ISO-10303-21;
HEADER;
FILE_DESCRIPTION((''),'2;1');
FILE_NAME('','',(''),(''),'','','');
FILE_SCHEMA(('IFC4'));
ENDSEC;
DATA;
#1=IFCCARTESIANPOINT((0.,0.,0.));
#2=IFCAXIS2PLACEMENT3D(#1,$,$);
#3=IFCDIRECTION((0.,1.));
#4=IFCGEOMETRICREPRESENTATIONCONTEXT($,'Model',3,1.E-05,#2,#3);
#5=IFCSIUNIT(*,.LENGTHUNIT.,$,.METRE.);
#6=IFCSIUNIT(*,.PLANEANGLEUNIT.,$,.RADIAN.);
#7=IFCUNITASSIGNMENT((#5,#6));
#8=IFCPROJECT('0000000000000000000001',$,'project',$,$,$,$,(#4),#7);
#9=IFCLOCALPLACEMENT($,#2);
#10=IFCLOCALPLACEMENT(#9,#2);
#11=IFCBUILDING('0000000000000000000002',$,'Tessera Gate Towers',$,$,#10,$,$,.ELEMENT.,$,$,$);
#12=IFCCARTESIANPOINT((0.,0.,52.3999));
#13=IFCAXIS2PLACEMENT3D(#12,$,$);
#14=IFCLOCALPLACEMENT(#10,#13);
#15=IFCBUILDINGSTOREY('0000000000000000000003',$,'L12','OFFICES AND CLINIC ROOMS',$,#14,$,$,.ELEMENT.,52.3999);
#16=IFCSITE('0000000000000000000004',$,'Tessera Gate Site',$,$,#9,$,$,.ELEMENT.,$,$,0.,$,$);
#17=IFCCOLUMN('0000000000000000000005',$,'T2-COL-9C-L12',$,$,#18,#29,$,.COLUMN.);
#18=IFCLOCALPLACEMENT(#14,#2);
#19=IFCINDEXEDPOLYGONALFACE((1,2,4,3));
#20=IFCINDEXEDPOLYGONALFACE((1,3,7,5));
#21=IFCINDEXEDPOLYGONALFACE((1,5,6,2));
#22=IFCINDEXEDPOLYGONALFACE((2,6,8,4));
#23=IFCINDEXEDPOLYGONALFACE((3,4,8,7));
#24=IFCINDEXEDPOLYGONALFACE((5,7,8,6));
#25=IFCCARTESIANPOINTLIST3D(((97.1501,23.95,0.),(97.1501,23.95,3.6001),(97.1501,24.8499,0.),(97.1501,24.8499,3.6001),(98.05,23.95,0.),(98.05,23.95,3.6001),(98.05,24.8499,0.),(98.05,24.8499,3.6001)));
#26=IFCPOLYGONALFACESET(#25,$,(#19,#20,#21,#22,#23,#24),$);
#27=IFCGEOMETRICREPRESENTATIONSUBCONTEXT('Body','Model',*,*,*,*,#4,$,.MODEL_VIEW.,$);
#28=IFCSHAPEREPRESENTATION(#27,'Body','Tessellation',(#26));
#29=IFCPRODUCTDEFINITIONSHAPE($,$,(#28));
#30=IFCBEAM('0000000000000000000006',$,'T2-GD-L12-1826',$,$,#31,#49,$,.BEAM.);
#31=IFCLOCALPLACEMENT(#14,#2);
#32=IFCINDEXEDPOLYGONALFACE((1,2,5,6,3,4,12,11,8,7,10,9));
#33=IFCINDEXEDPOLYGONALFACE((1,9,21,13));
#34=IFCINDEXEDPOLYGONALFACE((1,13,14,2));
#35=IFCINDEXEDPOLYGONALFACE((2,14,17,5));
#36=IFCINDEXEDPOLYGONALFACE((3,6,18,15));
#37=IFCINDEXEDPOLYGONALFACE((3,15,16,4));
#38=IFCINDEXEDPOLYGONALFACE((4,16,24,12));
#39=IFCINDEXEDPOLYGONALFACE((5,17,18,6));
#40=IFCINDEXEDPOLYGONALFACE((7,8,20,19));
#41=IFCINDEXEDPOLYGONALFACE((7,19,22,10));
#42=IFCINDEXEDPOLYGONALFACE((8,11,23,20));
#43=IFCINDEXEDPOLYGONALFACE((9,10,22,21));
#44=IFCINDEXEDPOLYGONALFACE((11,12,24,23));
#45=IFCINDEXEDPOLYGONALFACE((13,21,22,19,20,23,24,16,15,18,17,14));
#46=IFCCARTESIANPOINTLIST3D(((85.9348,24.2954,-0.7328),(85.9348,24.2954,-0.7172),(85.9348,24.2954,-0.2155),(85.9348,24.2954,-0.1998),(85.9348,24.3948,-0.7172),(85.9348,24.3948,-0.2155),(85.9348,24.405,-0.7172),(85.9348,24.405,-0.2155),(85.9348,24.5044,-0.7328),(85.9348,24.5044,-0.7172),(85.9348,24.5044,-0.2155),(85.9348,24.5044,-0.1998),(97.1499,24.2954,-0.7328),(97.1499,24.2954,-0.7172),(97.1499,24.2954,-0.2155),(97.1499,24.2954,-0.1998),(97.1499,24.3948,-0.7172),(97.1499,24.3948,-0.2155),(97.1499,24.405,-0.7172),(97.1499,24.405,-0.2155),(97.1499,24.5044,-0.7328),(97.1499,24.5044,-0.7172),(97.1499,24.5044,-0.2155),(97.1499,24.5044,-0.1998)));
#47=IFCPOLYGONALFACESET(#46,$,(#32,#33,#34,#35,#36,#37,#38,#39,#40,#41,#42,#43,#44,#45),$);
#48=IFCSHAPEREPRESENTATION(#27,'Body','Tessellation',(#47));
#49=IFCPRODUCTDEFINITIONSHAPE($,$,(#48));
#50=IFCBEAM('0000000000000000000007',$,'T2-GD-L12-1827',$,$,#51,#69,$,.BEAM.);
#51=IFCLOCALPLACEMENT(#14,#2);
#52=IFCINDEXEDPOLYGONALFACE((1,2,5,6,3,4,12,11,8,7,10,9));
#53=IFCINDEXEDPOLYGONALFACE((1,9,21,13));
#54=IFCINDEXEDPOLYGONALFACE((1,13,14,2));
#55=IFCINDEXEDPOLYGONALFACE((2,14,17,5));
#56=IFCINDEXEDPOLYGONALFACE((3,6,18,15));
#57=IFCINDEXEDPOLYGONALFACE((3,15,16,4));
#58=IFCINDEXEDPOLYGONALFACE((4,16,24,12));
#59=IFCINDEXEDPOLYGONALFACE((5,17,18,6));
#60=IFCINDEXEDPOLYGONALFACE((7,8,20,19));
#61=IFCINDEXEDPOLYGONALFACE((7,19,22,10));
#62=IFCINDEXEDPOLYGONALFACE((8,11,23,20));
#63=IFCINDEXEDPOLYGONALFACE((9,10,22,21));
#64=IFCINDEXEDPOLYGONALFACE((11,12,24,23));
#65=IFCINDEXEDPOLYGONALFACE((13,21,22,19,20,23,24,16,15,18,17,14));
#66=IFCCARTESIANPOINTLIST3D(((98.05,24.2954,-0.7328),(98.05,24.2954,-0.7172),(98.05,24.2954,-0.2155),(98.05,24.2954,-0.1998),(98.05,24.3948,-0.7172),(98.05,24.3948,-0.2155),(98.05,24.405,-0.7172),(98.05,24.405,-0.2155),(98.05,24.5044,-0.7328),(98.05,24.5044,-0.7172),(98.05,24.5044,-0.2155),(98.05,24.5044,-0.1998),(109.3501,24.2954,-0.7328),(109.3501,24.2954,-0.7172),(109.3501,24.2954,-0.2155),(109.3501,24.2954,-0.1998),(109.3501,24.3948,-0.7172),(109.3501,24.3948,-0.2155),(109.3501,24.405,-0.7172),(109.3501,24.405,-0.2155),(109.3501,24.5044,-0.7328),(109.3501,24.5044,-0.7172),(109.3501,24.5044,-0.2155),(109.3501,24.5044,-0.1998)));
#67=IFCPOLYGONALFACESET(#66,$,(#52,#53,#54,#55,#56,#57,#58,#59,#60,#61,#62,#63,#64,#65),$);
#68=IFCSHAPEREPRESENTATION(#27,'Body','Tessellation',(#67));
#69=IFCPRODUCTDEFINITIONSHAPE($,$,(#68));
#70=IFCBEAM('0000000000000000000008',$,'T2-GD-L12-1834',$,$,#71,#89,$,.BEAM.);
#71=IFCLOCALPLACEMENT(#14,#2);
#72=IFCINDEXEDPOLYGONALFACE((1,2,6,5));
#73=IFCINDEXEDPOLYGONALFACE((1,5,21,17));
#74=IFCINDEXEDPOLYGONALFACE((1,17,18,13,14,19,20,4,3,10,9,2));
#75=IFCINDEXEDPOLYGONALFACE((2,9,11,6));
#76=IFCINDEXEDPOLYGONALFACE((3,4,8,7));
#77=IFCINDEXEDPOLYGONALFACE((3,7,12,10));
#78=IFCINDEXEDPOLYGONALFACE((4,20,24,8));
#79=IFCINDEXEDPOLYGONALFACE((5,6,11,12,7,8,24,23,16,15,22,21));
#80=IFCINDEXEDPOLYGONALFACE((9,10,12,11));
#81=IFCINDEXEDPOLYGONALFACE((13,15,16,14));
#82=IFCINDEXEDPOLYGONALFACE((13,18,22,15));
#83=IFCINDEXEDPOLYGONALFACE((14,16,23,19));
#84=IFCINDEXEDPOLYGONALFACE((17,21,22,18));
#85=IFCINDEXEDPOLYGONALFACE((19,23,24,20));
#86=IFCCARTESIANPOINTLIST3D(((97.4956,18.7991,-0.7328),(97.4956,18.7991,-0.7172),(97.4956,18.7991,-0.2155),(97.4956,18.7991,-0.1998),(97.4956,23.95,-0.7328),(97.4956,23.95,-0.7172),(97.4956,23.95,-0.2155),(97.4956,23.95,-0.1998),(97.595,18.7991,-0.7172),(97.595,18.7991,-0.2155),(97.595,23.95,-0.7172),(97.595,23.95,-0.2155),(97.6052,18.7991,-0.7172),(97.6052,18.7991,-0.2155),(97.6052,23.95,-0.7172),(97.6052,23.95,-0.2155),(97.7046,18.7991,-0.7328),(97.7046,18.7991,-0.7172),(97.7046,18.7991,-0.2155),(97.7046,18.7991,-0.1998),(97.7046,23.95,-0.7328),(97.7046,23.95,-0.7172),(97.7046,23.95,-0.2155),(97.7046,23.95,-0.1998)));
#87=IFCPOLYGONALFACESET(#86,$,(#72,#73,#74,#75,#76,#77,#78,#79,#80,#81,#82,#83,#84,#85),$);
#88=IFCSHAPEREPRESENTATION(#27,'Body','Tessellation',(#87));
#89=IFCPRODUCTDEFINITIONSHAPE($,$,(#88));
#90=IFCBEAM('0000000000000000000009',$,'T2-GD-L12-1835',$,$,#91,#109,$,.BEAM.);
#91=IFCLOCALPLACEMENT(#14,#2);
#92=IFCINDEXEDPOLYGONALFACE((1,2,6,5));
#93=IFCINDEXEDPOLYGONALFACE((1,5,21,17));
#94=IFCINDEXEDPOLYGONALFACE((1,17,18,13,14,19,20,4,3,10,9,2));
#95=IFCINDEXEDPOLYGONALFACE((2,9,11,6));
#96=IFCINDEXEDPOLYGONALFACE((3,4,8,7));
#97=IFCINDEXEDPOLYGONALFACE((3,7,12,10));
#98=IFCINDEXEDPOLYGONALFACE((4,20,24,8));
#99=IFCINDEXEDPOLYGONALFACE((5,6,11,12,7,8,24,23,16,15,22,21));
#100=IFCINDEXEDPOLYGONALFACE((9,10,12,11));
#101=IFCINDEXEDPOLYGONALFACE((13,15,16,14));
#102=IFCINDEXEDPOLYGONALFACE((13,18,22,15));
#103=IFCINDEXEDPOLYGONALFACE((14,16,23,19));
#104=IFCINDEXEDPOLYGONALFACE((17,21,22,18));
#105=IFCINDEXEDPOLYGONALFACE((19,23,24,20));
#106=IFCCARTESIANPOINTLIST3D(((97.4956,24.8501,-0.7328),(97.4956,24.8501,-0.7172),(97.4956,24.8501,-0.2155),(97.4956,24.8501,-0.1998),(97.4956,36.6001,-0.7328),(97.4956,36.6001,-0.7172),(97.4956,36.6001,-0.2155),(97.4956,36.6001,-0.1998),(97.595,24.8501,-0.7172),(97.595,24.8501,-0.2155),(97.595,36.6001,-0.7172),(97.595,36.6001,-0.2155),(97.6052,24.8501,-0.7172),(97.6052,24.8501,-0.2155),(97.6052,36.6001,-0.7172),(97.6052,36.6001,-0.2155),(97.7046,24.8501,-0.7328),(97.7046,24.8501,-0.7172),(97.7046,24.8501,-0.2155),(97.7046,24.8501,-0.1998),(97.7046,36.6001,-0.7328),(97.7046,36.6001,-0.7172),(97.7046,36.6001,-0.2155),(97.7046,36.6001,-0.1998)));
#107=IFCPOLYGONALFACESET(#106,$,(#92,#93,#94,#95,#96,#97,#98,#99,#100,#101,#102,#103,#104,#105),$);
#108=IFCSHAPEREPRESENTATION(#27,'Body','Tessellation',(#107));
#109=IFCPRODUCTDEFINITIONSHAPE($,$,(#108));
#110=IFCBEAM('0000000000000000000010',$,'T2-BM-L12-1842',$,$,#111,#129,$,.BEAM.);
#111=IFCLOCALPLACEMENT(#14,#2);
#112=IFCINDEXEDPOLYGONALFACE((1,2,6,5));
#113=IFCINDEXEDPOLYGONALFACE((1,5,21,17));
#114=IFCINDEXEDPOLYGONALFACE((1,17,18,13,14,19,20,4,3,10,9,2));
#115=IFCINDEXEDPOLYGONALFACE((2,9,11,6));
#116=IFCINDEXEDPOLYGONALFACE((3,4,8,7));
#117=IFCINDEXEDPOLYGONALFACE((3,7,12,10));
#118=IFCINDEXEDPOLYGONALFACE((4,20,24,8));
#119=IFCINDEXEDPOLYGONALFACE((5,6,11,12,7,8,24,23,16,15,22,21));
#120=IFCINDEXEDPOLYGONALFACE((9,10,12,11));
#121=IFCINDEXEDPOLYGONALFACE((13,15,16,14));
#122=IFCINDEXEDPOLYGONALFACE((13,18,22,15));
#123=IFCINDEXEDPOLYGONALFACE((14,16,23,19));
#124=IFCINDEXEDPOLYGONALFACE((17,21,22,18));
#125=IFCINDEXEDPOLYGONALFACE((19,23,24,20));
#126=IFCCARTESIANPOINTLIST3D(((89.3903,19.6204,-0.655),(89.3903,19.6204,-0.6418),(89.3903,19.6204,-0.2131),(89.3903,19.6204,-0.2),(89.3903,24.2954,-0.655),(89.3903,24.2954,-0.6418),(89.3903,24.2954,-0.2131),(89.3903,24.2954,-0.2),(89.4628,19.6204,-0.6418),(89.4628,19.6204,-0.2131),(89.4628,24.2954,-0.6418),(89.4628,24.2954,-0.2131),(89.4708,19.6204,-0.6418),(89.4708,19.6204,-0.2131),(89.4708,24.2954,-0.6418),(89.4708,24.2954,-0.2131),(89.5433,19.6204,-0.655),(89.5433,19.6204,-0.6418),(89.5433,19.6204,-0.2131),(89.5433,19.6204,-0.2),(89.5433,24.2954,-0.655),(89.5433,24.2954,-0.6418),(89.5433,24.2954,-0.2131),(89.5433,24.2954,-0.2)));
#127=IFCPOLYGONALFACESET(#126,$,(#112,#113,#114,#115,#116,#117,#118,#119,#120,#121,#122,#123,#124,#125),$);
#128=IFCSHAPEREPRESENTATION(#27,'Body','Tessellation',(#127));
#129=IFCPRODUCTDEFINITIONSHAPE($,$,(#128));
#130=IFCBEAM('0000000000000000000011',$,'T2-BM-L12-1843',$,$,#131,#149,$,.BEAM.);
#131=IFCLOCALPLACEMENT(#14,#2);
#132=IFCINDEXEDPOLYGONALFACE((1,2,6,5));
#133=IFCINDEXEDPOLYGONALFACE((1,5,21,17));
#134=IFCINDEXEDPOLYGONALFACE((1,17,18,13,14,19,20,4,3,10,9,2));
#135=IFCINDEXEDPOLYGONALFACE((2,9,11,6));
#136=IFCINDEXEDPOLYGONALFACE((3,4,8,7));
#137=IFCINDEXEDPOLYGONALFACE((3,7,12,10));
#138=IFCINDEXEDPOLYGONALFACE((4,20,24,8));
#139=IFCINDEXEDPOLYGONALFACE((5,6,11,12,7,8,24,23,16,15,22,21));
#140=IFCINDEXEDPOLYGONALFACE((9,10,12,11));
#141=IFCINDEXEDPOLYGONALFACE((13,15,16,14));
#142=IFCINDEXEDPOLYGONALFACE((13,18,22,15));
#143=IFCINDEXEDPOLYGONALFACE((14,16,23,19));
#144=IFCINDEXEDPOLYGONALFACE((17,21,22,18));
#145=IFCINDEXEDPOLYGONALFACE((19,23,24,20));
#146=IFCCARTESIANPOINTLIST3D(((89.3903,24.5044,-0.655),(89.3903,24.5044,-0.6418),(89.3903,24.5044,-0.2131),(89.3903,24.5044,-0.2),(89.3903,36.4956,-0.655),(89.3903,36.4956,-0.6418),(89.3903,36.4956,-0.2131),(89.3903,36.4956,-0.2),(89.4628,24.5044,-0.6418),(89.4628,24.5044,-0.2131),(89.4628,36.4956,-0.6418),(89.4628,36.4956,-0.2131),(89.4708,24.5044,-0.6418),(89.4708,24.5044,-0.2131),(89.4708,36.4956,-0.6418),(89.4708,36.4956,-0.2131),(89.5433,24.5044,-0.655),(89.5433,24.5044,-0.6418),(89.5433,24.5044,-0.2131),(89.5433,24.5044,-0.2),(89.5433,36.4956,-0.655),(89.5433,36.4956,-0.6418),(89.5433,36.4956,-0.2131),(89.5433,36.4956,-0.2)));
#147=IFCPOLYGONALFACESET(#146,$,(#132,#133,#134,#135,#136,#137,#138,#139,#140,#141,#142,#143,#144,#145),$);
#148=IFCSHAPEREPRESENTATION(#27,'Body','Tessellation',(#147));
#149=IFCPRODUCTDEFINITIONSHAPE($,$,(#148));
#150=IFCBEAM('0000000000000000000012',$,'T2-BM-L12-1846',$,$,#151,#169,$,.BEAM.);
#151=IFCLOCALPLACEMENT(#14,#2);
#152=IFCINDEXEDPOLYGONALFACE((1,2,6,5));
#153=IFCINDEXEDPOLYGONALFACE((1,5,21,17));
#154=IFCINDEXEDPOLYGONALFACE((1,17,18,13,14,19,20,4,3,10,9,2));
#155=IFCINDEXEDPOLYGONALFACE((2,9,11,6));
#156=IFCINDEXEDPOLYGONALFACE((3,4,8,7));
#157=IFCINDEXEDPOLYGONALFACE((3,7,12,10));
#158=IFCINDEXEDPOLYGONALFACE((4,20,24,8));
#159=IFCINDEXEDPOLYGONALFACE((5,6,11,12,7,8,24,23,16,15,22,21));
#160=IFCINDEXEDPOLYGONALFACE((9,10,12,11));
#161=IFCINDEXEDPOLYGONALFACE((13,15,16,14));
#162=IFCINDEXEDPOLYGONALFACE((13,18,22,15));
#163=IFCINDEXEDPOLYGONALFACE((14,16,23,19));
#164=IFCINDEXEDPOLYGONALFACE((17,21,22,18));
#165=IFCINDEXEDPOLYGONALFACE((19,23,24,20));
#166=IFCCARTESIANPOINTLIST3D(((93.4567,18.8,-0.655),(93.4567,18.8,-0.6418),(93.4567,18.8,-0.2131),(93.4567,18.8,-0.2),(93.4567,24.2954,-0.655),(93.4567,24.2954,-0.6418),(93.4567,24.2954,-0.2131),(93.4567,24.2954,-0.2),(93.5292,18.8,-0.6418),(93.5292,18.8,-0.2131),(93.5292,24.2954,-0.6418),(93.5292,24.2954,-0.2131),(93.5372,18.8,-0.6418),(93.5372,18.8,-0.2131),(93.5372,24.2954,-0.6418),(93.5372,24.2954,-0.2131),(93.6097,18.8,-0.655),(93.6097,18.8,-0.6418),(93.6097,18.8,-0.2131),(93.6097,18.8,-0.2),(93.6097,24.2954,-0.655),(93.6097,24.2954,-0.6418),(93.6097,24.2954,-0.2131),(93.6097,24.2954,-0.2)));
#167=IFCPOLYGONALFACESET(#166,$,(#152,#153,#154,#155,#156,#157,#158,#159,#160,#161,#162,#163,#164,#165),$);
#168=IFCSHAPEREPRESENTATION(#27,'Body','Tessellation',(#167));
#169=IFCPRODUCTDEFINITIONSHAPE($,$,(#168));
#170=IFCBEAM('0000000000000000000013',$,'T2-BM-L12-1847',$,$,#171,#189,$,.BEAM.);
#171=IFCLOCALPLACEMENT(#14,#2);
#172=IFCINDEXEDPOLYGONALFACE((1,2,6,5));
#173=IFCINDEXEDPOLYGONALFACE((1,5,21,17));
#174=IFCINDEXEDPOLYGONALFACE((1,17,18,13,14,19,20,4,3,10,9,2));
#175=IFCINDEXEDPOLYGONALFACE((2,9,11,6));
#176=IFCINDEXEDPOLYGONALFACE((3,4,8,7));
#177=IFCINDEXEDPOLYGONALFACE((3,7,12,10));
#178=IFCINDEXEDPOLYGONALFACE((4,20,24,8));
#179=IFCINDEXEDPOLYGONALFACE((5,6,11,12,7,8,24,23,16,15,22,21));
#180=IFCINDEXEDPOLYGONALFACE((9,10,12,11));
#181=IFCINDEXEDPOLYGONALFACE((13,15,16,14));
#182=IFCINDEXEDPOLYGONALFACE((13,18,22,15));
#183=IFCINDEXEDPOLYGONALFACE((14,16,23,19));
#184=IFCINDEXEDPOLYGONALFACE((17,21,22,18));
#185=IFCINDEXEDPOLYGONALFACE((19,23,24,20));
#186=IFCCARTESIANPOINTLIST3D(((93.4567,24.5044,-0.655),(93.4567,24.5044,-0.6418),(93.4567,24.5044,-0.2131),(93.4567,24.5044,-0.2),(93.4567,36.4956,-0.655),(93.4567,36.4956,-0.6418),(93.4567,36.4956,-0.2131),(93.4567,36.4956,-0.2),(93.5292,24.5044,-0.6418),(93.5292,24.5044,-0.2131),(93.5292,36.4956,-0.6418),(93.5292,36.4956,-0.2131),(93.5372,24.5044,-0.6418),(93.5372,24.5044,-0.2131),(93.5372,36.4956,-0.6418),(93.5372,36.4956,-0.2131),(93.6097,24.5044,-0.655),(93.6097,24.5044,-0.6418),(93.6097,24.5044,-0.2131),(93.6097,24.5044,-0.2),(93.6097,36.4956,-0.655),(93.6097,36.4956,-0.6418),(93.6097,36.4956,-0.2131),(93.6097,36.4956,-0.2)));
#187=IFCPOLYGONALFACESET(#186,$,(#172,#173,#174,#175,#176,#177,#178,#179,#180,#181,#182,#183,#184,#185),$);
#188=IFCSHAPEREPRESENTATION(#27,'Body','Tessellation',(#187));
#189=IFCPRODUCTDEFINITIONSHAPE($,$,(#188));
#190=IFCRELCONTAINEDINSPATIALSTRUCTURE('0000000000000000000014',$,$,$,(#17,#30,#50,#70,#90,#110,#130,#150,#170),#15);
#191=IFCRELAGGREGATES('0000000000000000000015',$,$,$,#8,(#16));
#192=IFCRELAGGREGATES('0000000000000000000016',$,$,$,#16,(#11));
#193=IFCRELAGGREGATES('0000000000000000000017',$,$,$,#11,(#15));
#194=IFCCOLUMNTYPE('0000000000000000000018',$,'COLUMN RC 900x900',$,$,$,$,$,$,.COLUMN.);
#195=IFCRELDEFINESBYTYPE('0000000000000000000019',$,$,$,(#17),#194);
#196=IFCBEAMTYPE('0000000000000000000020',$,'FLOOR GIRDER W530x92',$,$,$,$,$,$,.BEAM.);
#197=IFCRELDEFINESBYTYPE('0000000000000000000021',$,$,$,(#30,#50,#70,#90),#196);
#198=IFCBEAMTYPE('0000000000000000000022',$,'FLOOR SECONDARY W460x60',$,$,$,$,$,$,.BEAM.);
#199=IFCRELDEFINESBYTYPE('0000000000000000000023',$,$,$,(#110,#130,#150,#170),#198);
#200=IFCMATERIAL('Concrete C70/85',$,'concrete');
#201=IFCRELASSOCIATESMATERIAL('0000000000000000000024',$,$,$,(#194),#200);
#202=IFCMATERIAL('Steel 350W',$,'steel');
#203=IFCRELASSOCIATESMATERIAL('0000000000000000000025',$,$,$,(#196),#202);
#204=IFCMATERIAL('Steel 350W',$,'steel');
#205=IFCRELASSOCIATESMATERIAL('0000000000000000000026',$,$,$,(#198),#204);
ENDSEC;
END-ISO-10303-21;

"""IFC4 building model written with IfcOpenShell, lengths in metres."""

from ifc_helpers import new_model, si_unit, direction, frame, origin, origin_2d, place, context, subcontext, project, spatial, rectangle, i_section, extrude, material, material_profile, profile_set, type_object, element, save


model = new_model("IFC4")

# Units and contexts
model_context = context("Model", 3, precision=1e-05, world=origin(), true_north=direction((0.0, 1.0)))
body_context = subcontext(model_context, "Body", "Model", "MODEL_VIEW")
ifc_project = project(units=[si_unit("LENGTHUNIT", "METRE"), si_unit("PLANEANGLEUNIT", "RADIAN")], contexts=[model_context])

# Site, building, storey
site_placement = place(None, origin())
site = spatial("IfcSite", under=ifc_project, at=site_placement, Name="Tessera Gate Site", CompositionType="ELEMENT", RefElevation=0.0)
building_placement = place(site_placement, origin())
building = spatial("IfcBuilding", under=site, at=building_placement, Name="Tessera Gate Towers", CompositionType="ELEMENT")
storey_placement = place(building_placement, frame((0.0, 0.0, 52.3999)))
storey = spatial("IfcBuildingStorey", under=building, at=storey_placement, Name="L12", Description="OFFICES AND CLINIC ROOMS", CompositionType="ELEMENT", Elevation=52.3999)

# Column
ifc_material_1 = material(Name="Concrete C70/85", Category="concrete")
ifc_material_profile_1 = material_profile(ifc_material_1, rectangle(XDim=0.8999, YDim=0.8999, at=origin_2d()), Name="RC 900x900")
ifc_profile_set_1 = profile_set([ifc_material_profile_1], Name="Concrete C70/85")
column_type = type_object("IfcColumnType", Name="COLUMN RC 900x900", PredefinedType="COLUMN", material=ifc_profile_set_1)
column_placement = place(storey_placement, frame((97.6001, 24.3999, 0.0), z_axis=(0.0, 0.0, 1.0), x_axis=(1.0, 0.0, 0.0)))
element("IfcColumn", 1, at=column_placement, inside=storey, type_object=column_type, Name="T2-COL-9C-L12", PredefinedType="COLUMN", context=body_context, shape_type="SweptSolid", body=[
    extrude(rectangle(XDim=0.8999, YDim=0.8999, at=origin_2d()), origin(), (0.0, 0.0, 1.0), 3.6001),
])

# Beams
ifc_material_2 = material(Name="Steel 350W", Category="steel")
ifc_material_profile_2 = material_profile(ifc_material_2, i_section(OverallWidth=0.209, OverallDepth=0.533, WebThickness=0.0103, FlangeThickness=0.0156, at=origin_2d()), Name="W530x92")
ifc_profile_set_2 = profile_set([ifc_material_profile_2], Name="Steel 350W")
beam_type_1 = type_object("IfcBeamType", Name="FLOOR GIRDER W530x92", PredefinedType="BEAM", material=ifc_profile_set_2)
beam_1_placement = place(storey_placement, frame((85.9348, 24.3999, -0.4663), z_axis=(1.0, 0.0, 0.0), x_axis=(0.0, 1.0, 0.0)))
element("IfcBeam", 2, at=beam_1_placement, inside=storey, type_object=beam_type_1, Name="T2-GD-L12-1826", PredefinedType="BEAM", context=body_context, shape_type="SweptSolid", body=[
    extrude(i_section(OverallWidth=0.209, OverallDepth=0.533, WebThickness=0.0103, FlangeThickness=0.0156, at=origin_2d()), origin(), (0.0, 0.0, 1.0), 11.2151),
])
beam_2_placement = place(storey_placement, frame((98.05, 24.3999, -0.4663), z_axis=(1.0, 0.0, 0.0), x_axis=(0.0, 1.0, 0.0)))
element("IfcBeam", 3, at=beam_2_placement, inside=storey, type_object=beam_type_1, Name="T2-GD-L12-1827", PredefinedType="BEAM", context=body_context, shape_type="SweptSolid", body=[
    extrude(i_section(OverallWidth=0.209, OverallDepth=0.533, WebThickness=0.0103, FlangeThickness=0.0156, at=origin_2d()), origin(), (0.0, 0.0, 1.0), 11.3),
])
beam_3_placement = place(storey_placement, frame((97.6001, 18.7991, -0.4663), z_axis=(0.0, 1.0, 0.0), x_axis=(-1.0, 0.0, 0.0)))
element("IfcBeam", 4, at=beam_3_placement, inside=storey, type_object=beam_type_1, Name="T2-GD-L12-1834", PredefinedType="BEAM", context=body_context, shape_type="SweptSolid", body=[
    extrude(i_section(OverallWidth=0.209, OverallDepth=0.533, WebThickness=0.0103, FlangeThickness=0.0156, at=origin_2d()), origin(), (0.0, 0.0, 1.0), 5.1509),
])
beam_4_placement = place(storey_placement, frame((97.6001, 24.8501, -0.4663), z_axis=(0.0, 1.0, 0.0), x_axis=(-1.0, 0.0, 0.0)))
element("IfcBeam", 5, at=beam_4_placement, inside=storey, type_object=beam_type_1, Name="T2-GD-L12-1835", PredefinedType="BEAM", context=body_context, shape_type="SweptSolid", body=[
    extrude(i_section(OverallWidth=0.209, OverallDepth=0.533, WebThickness=0.0103, FlangeThickness=0.0156, at=origin_2d()), origin(), (0.0, 0.0, 1.0), 11.75),
])
ifc_material_3 = material(Name="Steel 350W", Category="steel")
ifc_material_profile_3 = material_profile(ifc_material_3, i_section(OverallWidth=0.1531, OverallDepth=0.4551, WebThickness=0.0081, FlangeThickness=0.0132, at=origin_2d()), Name="W460x60")
ifc_profile_set_3 = profile_set([ifc_material_profile_3], Name="Steel 350W")
beam_type_2 = type_object("IfcBeamType", Name="FLOOR SECONDARY W460x60", PredefinedType="BEAM", material=ifc_profile_set_3)
beam_5_placement = place(storey_placement, frame((89.4668, 19.6204, -0.4275), z_axis=(0.0, 1.0, 0.0), x_axis=(-1.0, 0.0, 0.0)))
element("IfcBeam", 6, at=beam_5_placement, inside=storey, type_object=beam_type_2, Name="T2-BM-L12-1842", PredefinedType="BEAM", context=body_context, shape_type="SweptSolid", body=[
    extrude(i_section(OverallWidth=0.1531, OverallDepth=0.4551, WebThickness=0.0081, FlangeThickness=0.0132, at=origin_2d()), origin(), (0.0, 0.0, 1.0), 4.675),
])
beam_6_placement = place(storey_placement, frame((89.4668, 24.5044, -0.4275), z_axis=(0.0, 1.0, 0.0), x_axis=(-1.0, 0.0, 0.0)))
element("IfcBeam", 7, at=beam_6_placement, inside=storey, type_object=beam_type_2, Name="T2-BM-L12-1843", PredefinedType="BEAM", context=body_context, shape_type="SweptSolid", body=[
    extrude(i_section(OverallWidth=0.1531, OverallDepth=0.4551, WebThickness=0.0081, FlangeThickness=0.0132, at=origin_2d()), origin(), (0.0, 0.0, 1.0), 11.9912),
])
beam_7_placement = place(storey_placement, frame((93.5332, 18.8, -0.4275), z_axis=(0.0, 1.0, 0.0), x_axis=(-1.0, 0.0, 0.0)))
element("IfcBeam", 8, at=beam_7_placement, inside=storey, type_object=beam_type_2, Name="T2-BM-L12-1846", PredefinedType="BEAM", context=body_context, shape_type="SweptSolid", body=[
    extrude(i_section(OverallWidth=0.1531, OverallDepth=0.4551, WebThickness=0.0081, FlangeThickness=0.0132, at=origin_2d()), origin(), (0.0, 0.0, 1.0), 5.4954),
])
beam_8_placement = place(storey_placement, frame((93.5332, 24.5044, -0.4275), z_axis=(0.0, 1.0, 0.0), x_axis=(-1.0, 0.0, 0.0)))
element("IfcBeam", 9, at=beam_8_placement, inside=storey, type_object=beam_type_2, Name="T2-BM-L12-1847", PredefinedType="BEAM", context=body_context, shape_type="SweptSolid", body=[
    extrude(i_section(OverallWidth=0.1531, OverallDepth=0.4551, WebThickness=0.0081, FlangeThickness=0.0132, at=origin_2d()), origin(), (0.0, 0.0, 1.0), 11.9912),
])

save(model, "model.ifc")
